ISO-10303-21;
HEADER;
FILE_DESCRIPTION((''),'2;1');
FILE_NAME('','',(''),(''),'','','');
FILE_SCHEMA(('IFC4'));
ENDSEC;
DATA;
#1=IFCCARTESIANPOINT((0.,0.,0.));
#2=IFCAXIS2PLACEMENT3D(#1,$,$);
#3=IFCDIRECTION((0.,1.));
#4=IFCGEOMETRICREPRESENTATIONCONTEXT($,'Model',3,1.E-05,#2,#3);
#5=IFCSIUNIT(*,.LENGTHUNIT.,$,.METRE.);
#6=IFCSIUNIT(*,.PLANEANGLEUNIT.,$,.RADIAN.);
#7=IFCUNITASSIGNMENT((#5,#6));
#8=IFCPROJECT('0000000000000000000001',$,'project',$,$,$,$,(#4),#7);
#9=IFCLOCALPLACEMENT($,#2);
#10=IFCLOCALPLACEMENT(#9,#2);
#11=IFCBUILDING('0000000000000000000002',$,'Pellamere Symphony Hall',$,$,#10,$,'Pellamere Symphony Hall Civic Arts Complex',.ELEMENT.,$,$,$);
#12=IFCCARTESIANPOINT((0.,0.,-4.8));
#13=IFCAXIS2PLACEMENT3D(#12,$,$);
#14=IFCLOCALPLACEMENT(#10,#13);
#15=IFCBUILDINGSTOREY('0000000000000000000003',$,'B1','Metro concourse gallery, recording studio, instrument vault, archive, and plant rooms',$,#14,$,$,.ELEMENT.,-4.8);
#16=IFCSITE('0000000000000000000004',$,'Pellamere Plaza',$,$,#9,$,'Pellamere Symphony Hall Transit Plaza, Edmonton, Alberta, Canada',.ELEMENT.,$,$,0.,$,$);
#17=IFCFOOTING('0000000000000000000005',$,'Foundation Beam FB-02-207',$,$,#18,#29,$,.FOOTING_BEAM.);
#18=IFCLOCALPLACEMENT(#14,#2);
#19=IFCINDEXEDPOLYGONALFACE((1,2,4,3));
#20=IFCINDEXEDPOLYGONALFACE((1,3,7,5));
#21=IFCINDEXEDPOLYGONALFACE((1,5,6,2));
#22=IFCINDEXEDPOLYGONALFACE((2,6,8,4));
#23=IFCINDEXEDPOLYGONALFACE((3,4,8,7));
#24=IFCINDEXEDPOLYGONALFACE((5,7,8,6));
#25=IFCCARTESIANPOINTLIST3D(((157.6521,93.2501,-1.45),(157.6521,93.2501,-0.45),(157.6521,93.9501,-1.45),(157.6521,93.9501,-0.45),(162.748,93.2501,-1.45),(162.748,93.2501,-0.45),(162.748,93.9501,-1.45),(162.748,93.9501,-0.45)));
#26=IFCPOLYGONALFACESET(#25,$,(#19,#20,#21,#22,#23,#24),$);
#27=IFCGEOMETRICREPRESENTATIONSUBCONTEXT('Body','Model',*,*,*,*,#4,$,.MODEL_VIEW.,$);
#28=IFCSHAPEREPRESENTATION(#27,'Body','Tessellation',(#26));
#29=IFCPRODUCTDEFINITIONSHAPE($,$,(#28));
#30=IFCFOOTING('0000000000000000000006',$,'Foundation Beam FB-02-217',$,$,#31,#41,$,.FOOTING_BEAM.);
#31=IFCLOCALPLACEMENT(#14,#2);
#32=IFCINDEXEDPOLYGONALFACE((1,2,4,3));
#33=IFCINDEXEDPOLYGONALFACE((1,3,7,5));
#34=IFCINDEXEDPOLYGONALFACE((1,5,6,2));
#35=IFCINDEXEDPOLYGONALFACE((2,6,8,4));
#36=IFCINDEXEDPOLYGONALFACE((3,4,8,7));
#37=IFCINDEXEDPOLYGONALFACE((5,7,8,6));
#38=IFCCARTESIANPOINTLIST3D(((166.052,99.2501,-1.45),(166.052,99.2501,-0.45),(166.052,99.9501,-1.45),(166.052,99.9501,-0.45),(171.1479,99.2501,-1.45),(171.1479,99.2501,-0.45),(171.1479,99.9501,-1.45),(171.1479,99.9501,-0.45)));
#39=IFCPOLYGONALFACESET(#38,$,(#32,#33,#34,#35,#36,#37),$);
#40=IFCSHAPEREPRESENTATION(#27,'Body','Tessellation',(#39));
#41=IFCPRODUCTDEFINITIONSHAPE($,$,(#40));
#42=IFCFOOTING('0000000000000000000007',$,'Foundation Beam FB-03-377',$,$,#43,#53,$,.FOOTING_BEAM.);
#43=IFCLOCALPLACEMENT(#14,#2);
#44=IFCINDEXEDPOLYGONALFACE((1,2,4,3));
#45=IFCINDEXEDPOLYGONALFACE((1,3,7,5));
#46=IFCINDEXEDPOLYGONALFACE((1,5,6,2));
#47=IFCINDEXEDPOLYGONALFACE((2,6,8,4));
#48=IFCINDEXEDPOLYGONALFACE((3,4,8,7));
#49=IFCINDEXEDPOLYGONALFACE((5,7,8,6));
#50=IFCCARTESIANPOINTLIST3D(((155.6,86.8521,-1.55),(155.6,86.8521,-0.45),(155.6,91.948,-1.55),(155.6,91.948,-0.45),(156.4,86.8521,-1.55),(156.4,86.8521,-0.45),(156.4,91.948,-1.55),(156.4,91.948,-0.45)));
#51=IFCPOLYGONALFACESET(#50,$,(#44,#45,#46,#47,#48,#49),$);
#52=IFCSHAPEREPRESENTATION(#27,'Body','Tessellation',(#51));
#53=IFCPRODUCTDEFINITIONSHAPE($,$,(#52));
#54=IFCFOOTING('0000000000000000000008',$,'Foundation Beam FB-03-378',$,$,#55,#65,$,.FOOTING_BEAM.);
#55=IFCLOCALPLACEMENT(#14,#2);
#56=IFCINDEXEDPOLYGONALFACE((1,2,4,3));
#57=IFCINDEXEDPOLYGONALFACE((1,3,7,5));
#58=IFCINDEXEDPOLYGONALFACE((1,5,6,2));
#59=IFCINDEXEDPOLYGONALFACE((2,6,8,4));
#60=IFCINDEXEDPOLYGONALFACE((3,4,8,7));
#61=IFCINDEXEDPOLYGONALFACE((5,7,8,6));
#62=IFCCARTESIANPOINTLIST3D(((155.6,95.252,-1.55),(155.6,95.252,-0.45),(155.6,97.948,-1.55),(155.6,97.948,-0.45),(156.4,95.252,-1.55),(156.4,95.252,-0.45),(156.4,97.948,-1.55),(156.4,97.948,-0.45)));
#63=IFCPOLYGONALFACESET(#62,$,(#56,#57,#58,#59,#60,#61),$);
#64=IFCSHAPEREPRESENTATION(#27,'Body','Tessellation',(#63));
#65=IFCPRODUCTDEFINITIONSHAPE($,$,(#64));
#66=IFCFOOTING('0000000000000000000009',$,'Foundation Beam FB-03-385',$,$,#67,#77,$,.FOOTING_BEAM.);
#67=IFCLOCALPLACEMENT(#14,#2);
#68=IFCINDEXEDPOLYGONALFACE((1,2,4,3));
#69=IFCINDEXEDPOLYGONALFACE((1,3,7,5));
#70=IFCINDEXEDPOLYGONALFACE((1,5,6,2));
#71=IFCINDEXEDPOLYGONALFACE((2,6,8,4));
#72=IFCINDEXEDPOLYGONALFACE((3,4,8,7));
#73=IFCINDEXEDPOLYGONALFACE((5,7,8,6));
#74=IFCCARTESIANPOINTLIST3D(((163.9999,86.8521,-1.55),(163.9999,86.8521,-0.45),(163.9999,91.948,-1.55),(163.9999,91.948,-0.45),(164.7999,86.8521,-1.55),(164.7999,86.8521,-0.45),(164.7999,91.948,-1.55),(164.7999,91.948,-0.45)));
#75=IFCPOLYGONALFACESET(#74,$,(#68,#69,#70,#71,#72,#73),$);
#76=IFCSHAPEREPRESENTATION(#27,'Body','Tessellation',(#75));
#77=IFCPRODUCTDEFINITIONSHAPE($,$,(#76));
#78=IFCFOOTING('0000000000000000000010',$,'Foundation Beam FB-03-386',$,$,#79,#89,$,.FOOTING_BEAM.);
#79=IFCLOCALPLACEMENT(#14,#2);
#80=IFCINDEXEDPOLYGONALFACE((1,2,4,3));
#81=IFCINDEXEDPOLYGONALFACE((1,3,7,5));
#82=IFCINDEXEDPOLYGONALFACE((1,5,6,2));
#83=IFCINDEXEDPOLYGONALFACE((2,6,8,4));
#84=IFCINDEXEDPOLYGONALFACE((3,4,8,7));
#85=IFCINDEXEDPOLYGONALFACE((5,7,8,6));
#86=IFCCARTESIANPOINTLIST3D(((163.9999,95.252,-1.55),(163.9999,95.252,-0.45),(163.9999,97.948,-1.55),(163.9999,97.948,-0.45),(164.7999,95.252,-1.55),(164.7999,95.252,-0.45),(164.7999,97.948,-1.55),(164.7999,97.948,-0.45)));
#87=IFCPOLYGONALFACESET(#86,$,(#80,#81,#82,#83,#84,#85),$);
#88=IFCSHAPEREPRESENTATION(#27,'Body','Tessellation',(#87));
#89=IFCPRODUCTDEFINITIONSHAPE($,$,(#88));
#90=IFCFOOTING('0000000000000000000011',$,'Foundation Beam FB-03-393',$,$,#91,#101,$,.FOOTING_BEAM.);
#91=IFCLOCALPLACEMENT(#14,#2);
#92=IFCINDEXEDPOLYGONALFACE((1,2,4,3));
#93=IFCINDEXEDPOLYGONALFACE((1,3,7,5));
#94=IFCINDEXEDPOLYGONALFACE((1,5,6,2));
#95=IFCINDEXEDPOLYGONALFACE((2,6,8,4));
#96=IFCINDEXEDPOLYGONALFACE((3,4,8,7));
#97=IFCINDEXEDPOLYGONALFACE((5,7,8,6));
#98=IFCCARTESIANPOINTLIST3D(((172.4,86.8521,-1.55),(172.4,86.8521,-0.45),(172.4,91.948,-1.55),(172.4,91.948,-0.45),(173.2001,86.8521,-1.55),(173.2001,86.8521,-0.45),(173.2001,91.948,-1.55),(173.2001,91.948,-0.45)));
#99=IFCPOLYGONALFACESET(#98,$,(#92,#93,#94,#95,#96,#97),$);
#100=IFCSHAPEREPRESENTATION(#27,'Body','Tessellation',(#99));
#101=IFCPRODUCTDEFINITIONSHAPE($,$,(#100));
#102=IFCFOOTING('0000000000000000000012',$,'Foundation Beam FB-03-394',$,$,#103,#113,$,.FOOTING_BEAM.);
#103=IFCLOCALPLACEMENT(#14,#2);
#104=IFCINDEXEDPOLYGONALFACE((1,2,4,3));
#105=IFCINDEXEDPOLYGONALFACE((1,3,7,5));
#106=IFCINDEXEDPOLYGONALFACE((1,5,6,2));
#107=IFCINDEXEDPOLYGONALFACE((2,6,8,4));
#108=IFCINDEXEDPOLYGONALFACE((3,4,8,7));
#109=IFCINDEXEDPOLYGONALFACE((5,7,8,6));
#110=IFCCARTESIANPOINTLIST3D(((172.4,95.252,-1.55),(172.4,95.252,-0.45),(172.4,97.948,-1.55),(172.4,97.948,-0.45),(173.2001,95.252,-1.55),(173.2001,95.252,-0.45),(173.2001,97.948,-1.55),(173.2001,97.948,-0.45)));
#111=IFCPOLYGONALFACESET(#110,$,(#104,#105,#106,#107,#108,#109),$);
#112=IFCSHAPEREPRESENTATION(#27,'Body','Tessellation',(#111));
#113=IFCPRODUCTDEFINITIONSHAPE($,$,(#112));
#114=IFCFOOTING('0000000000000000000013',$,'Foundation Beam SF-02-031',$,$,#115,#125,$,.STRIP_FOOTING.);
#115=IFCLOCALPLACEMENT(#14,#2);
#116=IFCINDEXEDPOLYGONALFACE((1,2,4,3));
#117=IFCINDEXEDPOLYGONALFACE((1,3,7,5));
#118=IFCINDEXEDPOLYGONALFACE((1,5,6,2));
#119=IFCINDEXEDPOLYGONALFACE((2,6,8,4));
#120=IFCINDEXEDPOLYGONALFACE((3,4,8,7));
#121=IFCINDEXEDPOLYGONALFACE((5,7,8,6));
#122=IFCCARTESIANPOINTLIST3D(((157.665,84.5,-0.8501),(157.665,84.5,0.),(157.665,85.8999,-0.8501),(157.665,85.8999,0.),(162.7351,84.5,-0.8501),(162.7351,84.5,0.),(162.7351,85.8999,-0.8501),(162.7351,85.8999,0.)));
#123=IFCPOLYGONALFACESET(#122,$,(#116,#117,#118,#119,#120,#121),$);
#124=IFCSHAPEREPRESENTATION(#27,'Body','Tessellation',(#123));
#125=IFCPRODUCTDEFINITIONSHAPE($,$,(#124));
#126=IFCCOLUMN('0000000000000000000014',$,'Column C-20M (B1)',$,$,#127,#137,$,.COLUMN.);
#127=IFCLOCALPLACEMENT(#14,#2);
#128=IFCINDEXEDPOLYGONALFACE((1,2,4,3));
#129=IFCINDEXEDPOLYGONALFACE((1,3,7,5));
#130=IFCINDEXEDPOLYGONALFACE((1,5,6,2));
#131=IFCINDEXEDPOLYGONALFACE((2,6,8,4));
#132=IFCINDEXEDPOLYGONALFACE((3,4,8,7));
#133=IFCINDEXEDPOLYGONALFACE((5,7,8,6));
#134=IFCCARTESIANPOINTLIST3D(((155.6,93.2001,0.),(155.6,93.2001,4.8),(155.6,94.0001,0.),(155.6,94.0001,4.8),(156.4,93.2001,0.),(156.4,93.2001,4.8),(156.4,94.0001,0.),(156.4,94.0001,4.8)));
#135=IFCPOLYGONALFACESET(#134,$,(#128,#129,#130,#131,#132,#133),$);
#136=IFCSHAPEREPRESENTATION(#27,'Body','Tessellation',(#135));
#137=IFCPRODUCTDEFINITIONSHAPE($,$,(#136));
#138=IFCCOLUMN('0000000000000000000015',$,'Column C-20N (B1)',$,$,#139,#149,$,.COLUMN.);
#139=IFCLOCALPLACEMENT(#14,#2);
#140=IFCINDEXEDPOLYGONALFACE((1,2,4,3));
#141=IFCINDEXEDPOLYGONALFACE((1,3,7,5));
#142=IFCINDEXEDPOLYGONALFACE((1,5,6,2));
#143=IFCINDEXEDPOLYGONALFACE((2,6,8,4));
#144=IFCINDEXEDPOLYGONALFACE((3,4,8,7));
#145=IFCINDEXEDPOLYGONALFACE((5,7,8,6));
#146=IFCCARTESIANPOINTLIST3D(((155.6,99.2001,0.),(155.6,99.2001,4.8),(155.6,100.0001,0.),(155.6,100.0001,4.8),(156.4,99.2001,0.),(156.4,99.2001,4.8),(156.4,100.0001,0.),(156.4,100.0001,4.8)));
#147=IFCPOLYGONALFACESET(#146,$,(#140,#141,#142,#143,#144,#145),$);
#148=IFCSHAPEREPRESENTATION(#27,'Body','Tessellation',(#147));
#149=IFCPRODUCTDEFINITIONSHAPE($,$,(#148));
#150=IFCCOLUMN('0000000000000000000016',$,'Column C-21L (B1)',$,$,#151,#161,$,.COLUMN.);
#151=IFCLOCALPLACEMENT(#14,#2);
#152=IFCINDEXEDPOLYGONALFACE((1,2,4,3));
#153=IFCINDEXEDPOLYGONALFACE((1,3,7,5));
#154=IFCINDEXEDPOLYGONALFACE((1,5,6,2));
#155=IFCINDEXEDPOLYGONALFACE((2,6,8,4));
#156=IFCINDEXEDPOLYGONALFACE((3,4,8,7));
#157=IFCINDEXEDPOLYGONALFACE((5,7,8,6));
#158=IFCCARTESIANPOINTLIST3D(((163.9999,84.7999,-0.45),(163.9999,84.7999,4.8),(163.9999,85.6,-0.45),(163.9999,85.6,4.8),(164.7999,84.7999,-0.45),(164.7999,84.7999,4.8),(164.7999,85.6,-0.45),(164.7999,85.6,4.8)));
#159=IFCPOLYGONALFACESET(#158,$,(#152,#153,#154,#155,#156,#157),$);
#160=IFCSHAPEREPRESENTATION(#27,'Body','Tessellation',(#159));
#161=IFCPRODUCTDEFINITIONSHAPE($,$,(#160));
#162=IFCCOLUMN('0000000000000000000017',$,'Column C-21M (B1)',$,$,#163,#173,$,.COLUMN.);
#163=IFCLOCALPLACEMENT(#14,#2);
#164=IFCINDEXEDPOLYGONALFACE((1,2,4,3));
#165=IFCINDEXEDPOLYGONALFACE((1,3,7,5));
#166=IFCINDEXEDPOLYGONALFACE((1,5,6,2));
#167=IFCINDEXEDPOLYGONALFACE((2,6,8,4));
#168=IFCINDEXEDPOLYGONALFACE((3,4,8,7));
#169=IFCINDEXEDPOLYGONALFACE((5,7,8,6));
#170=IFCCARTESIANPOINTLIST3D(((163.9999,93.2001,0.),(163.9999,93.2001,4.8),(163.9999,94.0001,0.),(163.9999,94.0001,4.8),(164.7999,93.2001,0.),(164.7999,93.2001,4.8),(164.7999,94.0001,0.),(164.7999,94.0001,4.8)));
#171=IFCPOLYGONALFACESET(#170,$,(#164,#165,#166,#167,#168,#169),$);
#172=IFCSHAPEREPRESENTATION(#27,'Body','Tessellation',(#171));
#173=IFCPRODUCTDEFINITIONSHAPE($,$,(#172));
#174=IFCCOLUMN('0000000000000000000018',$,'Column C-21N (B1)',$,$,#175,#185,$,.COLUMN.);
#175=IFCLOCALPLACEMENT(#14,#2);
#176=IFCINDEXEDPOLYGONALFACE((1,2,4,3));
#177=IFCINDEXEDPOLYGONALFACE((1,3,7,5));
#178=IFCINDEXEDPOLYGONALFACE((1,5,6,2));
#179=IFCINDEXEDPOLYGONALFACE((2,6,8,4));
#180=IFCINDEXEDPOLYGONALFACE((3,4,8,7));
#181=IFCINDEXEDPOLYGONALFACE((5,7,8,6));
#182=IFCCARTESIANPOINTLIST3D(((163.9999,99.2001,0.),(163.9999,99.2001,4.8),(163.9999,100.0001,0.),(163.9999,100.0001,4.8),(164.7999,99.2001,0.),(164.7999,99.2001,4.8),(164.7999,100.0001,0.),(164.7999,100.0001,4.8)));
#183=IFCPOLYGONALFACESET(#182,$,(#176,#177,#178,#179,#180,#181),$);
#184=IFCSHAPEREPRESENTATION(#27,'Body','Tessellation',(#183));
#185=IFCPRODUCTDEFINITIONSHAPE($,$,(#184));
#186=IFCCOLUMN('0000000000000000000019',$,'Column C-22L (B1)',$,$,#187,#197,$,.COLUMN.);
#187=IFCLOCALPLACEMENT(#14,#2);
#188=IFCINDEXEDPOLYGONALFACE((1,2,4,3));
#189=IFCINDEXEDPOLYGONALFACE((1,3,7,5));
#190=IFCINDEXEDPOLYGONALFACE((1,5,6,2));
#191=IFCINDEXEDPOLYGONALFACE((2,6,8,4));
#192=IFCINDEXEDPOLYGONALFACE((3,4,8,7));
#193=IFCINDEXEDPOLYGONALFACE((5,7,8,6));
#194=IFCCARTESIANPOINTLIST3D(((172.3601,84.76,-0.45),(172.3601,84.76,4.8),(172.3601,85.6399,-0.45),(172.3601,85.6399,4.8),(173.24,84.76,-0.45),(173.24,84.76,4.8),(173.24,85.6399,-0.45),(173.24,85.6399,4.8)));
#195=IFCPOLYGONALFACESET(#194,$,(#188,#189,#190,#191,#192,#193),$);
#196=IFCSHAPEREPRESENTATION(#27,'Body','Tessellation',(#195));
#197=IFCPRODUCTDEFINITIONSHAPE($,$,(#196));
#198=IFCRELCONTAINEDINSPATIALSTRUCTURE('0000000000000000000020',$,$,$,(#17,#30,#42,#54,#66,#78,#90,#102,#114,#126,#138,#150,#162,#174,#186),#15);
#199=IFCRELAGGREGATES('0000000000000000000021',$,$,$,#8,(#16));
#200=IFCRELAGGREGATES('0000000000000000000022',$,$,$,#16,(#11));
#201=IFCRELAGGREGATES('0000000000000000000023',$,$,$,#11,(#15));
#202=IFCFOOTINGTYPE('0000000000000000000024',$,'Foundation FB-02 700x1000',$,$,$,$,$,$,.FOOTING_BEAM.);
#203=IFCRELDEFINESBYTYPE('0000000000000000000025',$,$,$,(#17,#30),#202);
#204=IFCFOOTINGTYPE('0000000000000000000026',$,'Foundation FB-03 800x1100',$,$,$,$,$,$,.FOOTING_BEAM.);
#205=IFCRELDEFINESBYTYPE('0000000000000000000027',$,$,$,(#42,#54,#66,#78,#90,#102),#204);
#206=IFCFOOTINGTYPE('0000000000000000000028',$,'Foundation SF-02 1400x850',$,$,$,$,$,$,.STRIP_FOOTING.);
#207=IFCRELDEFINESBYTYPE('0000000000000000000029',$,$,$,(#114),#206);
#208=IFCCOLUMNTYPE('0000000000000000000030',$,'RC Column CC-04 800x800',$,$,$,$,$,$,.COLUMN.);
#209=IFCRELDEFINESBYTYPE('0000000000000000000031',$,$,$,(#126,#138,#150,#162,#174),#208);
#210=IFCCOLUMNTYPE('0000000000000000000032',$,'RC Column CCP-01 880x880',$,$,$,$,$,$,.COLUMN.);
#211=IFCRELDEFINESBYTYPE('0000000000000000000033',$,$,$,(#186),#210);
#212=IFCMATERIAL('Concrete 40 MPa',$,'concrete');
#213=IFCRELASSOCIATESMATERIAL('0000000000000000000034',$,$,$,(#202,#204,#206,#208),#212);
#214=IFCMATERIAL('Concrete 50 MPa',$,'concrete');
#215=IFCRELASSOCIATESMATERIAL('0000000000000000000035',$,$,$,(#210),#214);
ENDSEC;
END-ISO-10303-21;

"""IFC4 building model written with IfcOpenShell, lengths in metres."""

from ifc_helpers import new_model, si_unit, direction, frame, origin, origin_2d, place, context, subcontext, project, spatial, rectangle, extrude, material, material_profile, profile_set, type_object, element, save


model = new_model("IFC4")

# Units and contexts
model_context = context("Model", 3, precision=1e-05, world=origin(), true_north=direction((0.0, 1.0)))
body_context = subcontext(model_context, "Body", "Model", "MODEL_VIEW")
ifc_project = project(units=[si_unit("LENGTHUNIT", "METRE"), si_unit("PLANEANGLEUNIT", "RADIAN")], contexts=[model_context])

# Site, building, storey
site_placement = place(None, origin())
site = spatial("IfcSite", under=ifc_project, at=site_placement, Name="Pellamere Plaza", LongName="Pellamere Symphony Hall Transit Plaza, Edmonton, Alberta, Canada", CompositionType="ELEMENT", RefElevation=0.0)
building_placement = place(site_placement, origin())
building = spatial("IfcBuilding", under=site, at=building_placement, Name="Pellamere Symphony Hall", LongName="Pellamere Symphony Hall Civic Arts Complex", CompositionType="ELEMENT")
storey_placement = place(building_placement, frame((0.0, 0.0, -4.8)))
storey = spatial("IfcBuildingStorey", under=building, at=storey_placement, Name="B1", Description="Metro concourse gallery, recording studio, instrument vault, archive, and plant rooms", CompositionType="ELEMENT", Elevation=-4.8)

# Footings
ifc_material_1 = material(Name="Concrete 40 MPa", Category="concrete")
ifc_material_profile_1 = material_profile(ifc_material_1, rectangle(XDim=0.7, YDim=1.0, at=origin_2d()), Name="RC 700x1000")
ifc_profile_set_1 = profile_set([ifc_material_profile_1], Name="Concrete 40 MPa")
footing_type_1 = type_object("IfcFootingType", Name="Foundation FB-02 700x1000", PredefinedType="FOOTING_BEAM", material=ifc_profile_set_1)
for number, where, z_axis, x_axis, name in (
    (1, (157.6521, 93.6001, -0.95), (1.0, 0.0, 0.0), (0.0, 1.0, 0.0), "Foundation Beam FB-02-207"),
    (2, (166.052, 99.6001, -0.95), (1.0, 0.0, 0.0), (0.0, 1.0, 0.0), "Foundation Beam FB-02-217"),
):
    element("IfcFooting", number, at=place(storey_placement, frame(where, z_axis=z_axis, x_axis=x_axis)), inside=storey, type_object=footing_type_1, Name=name, PredefinedType="FOOTING_BEAM", context=body_context, shape_type="SweptSolid", body=[
        extrude(rectangle(XDim=0.7, YDim=1.0, at=origin_2d()), origin(), (0.0, 0.0, 1.0), 5.0959),
    ])
ifc_material_profile_2 = material_profile(ifc_material_1, rectangle(XDim=0.8, YDim=1.1001, at=origin_2d()), Name="RC 800x1100")
ifc_profile_set_2 = profile_set([ifc_material_profile_2], Name="Concrete 40 MPa")
footing_type_2 = type_object("IfcFootingType", Name="Foundation FB-03 800x1100", PredefinedType="FOOTING_BEAM", material=ifc_profile_set_2)
footing_1_placement = place(storey_placement, frame((156.0, 86.8521, -1.0), z_axis=(0.0, 1.0, 0.0), x_axis=(-1.0, 0.0, 0.0)))
element("IfcFooting", 3, at=footing_1_placement, inside=storey, type_object=footing_type_2, Name="Foundation Beam FB-03-377", PredefinedType="FOOTING_BEAM", context=body_context, shape_type="SweptSolid", body=[
    extrude(rectangle(XDim=0.8, YDim=1.1001, at=origin_2d()), origin(), (0.0, 0.0, 1.0), 5.0959),
])
footing_2_placement = place(storey_placement, frame((156.0, 95.252, -1.0), z_axis=(0.0, 1.0, 0.0), x_axis=(-1.0, 0.0, 0.0)))
element("IfcFooting", 4, at=footing_2_placement, inside=storey, type_object=footing_type_2, Name="Foundation Beam FB-03-378", PredefinedType="FOOTING_BEAM", context=body_context, shape_type="SweptSolid", body=[
    extrude(rectangle(XDim=0.8, YDim=1.1001, at=origin_2d()), origin(), (0.0, 0.0, 1.0), 2.696),
])
footing_3_placement = place(storey_placement, frame((164.3999, 86.8521, -1.0), z_axis=(0.0, 1.0, 0.0), x_axis=(-1.0, 0.0, 0.0)))
element("IfcFooting", 5, at=footing_3_placement, inside=storey, type_object=footing_type_2, Name="Foundation Beam FB-03-385", PredefinedType="FOOTING_BEAM", context=body_context, shape_type="SweptSolid", body=[
    extrude(rectangle(XDim=0.8, YDim=1.1001, at=origin_2d()), origin(), (0.0, 0.0, 1.0), 5.0959),
])
footing_4_placement = place(storey_placement, frame((164.3999, 95.252, -1.0), z_axis=(0.0, 1.0, 0.0), x_axis=(-1.0, 0.0, 0.0)))
element("IfcFooting", 6, at=footing_4_placement, inside=storey, type_object=footing_type_2, Name="Foundation Beam FB-03-386", PredefinedType="FOOTING_BEAM", context=body_context, shape_type="SweptSolid", body=[
    extrude(rectangle(XDim=0.8, YDim=1.1001, at=origin_2d()), origin(), (0.0, 0.0, 1.0), 2.696),
])
footing_5_placement = place(storey_placement, frame((172.8, 86.8521, -1.0), z_axis=(0.0, 1.0, 0.0), x_axis=(-1.0, 0.0, 0.0)))
element("IfcFooting", 7, at=footing_5_placement, inside=storey, type_object=footing_type_2, Name="Foundation Beam FB-03-393", PredefinedType="FOOTING_BEAM", context=body_context, shape_type="SweptSolid", body=[
    extrude(rectangle(XDim=0.8, YDim=1.1001, at=origin_2d()), origin(), (0.0, 0.0, 1.0), 5.0959),
])
footing_6_placement = place(storey_placement, frame((172.8, 95.252, -1.0), z_axis=(0.0, 1.0, 0.0), x_axis=(-1.0, 0.0, 0.0)))
element("IfcFooting", 8, at=footing_6_placement, inside=storey, type_object=footing_type_2, Name="Foundation Beam FB-03-394", PredefinedType="FOOTING_BEAM", context=body_context, shape_type="SweptSolid", body=[
    extrude(rectangle(XDim=0.8, YDim=1.1001, at=origin_2d()), origin(), (0.0, 0.0, 1.0), 2.696),
])
ifc_material_profile_3 = material_profile(ifc_material_1, rectangle(XDim=1.3999, YDim=0.8501, at=origin_2d()), Name="RC 1400x850")
ifc_profile_set_3 = profile_set([ifc_material_profile_3], Name="Concrete 40 MPa")
footing_type_3 = type_object("IfcFootingType", Name="Foundation SF-02 1400x850", PredefinedType="STRIP_FOOTING", material=ifc_profile_set_3)
footing_7_placement = place(storey_placement, frame((157.665, 85.2, -0.425), z_axis=(1.0, 0.0, 0.0), x_axis=(0.0, 1.0, 0.0)))
element("IfcFooting", 9, at=footing_7_placement, inside=storey, type_object=footing_type_3, Name="Foundation Beam SF-02-031", PredefinedType="STRIP_FOOTING", context=body_context, shape_type="SweptSolid", body=[
    extrude(rectangle(XDim=1.3999, YDim=0.8501, at=origin_2d()), origin(), (0.0, 0.0, 1.0), 5.0701),
])

# Columns
ifc_material_profile_4 = material_profile(ifc_material_1, rectangle(XDim=0.8, YDim=0.8, at=origin_2d()), Name="RC 800x800")
ifc_profile_set_4 = profile_set([ifc_material_profile_4], Name="Concrete 40 MPa")
column_type_1 = type_object("IfcColumnType", Name="RC Column CC-04 800x800", PredefinedType="COLUMN", material=ifc_profile_set_4)
for number, where, z_axis, x_axis, name in (
    (10, (156.0, 93.6001, 0.0), (0.0, 0.0, 1.0), (1.0, 0.0, 0.0), "Column C-20M (B1)"),
    (11, (156.0, 99.6001, 0.0), (0.0, 0.0, 1.0), (1.0, 0.0, 0.0), "Column C-20N (B1)"),
):
    element("IfcColumn", number, at=place(storey_placement, frame(where, z_axis=z_axis, x_axis=x_axis)), inside=storey, type_object=column_type_1, Name=name, PredefinedType="COLUMN", context=body_context, shape_type="SweptSolid", body=[
        extrude(rectangle(XDim=0.8, YDim=0.8, at=origin_2d()), origin(), (0.0, 0.0, 1.0), 4.8),
    ])
column_1_placement = place(storey_placement, frame((164.3999, 85.2, -0.45), z_axis=(0.0, 0.0, 1.0), x_axis=(1.0, 0.0, 0.0)))
element("IfcColumn", 12, at=column_1_placement, inside=storey, type_object=column_type_1, Name="Column C-21L (B1)", PredefinedType="COLUMN", context=body_context, shape_type="SweptSolid", body=[
    extrude(rectangle(XDim=0.8, YDim=0.8, at=origin_2d()), origin(), (0.0, 0.0, 1.0), 5.25),
])
for number, where, z_axis, x_axis, name in (
    (13, (164.3999, 93.6001, 0.0), (0.0, 0.0, 1.0), (1.0, 0.0, 0.0), "Column C-21M (B1)"),
    (14, (164.3999, 99.6001, 0.0), (0.0, 0.0, 1.0), (1.0, 0.0, 0.0), "Column C-21N (B1)"),
):
    element("IfcColumn", number, at=place(storey_placement, frame(where, z_axis=z_axis, x_axis=x_axis)), inside=storey, type_object=column_type_1, Name=name, PredefinedType="COLUMN", context=body_context, shape_type="SweptSolid", body=[
        extrude(rectangle(XDim=0.8, YDim=0.8, at=origin_2d()), origin(), (0.0, 0.0, 1.0), 4.8),
    ])
ifc_material_2 = material(Name="Concrete 50 MPa", Category="concrete")
ifc_material_profile_5 = material_profile(ifc_material_2, rectangle(XDim=0.8799, YDim=0.8799, at=origin_2d()), Name="RC 880x880")
ifc_profile_set_5 = profile_set([ifc_material_profile_5], Name="Concrete 50 MPa")
column_type_2 = type_object("IfcColumnType", Name="RC Column CCP-01 880x880", PredefinedType="COLUMN", material=ifc_profile_set_5)
column_2_placement = place(storey_placement, frame((172.8, 85.2, -0.45), z_axis=(0.0, 0.0, 1.0), x_axis=(1.0, 0.0, 0.0)))
element("IfcColumn", 15, at=column_2_placement, inside=storey, type_object=column_type_2, Name="Column C-22L (B1)", PredefinedType="COLUMN", context=body_context, shape_type="SweptSolid", body=[
    extrude(rectangle(XDim=0.8799, YDim=0.8799, at=origin_2d()), origin(), (0.0, 0.0, 1.0), 5.25),
])

save(model, "model.ifc")
